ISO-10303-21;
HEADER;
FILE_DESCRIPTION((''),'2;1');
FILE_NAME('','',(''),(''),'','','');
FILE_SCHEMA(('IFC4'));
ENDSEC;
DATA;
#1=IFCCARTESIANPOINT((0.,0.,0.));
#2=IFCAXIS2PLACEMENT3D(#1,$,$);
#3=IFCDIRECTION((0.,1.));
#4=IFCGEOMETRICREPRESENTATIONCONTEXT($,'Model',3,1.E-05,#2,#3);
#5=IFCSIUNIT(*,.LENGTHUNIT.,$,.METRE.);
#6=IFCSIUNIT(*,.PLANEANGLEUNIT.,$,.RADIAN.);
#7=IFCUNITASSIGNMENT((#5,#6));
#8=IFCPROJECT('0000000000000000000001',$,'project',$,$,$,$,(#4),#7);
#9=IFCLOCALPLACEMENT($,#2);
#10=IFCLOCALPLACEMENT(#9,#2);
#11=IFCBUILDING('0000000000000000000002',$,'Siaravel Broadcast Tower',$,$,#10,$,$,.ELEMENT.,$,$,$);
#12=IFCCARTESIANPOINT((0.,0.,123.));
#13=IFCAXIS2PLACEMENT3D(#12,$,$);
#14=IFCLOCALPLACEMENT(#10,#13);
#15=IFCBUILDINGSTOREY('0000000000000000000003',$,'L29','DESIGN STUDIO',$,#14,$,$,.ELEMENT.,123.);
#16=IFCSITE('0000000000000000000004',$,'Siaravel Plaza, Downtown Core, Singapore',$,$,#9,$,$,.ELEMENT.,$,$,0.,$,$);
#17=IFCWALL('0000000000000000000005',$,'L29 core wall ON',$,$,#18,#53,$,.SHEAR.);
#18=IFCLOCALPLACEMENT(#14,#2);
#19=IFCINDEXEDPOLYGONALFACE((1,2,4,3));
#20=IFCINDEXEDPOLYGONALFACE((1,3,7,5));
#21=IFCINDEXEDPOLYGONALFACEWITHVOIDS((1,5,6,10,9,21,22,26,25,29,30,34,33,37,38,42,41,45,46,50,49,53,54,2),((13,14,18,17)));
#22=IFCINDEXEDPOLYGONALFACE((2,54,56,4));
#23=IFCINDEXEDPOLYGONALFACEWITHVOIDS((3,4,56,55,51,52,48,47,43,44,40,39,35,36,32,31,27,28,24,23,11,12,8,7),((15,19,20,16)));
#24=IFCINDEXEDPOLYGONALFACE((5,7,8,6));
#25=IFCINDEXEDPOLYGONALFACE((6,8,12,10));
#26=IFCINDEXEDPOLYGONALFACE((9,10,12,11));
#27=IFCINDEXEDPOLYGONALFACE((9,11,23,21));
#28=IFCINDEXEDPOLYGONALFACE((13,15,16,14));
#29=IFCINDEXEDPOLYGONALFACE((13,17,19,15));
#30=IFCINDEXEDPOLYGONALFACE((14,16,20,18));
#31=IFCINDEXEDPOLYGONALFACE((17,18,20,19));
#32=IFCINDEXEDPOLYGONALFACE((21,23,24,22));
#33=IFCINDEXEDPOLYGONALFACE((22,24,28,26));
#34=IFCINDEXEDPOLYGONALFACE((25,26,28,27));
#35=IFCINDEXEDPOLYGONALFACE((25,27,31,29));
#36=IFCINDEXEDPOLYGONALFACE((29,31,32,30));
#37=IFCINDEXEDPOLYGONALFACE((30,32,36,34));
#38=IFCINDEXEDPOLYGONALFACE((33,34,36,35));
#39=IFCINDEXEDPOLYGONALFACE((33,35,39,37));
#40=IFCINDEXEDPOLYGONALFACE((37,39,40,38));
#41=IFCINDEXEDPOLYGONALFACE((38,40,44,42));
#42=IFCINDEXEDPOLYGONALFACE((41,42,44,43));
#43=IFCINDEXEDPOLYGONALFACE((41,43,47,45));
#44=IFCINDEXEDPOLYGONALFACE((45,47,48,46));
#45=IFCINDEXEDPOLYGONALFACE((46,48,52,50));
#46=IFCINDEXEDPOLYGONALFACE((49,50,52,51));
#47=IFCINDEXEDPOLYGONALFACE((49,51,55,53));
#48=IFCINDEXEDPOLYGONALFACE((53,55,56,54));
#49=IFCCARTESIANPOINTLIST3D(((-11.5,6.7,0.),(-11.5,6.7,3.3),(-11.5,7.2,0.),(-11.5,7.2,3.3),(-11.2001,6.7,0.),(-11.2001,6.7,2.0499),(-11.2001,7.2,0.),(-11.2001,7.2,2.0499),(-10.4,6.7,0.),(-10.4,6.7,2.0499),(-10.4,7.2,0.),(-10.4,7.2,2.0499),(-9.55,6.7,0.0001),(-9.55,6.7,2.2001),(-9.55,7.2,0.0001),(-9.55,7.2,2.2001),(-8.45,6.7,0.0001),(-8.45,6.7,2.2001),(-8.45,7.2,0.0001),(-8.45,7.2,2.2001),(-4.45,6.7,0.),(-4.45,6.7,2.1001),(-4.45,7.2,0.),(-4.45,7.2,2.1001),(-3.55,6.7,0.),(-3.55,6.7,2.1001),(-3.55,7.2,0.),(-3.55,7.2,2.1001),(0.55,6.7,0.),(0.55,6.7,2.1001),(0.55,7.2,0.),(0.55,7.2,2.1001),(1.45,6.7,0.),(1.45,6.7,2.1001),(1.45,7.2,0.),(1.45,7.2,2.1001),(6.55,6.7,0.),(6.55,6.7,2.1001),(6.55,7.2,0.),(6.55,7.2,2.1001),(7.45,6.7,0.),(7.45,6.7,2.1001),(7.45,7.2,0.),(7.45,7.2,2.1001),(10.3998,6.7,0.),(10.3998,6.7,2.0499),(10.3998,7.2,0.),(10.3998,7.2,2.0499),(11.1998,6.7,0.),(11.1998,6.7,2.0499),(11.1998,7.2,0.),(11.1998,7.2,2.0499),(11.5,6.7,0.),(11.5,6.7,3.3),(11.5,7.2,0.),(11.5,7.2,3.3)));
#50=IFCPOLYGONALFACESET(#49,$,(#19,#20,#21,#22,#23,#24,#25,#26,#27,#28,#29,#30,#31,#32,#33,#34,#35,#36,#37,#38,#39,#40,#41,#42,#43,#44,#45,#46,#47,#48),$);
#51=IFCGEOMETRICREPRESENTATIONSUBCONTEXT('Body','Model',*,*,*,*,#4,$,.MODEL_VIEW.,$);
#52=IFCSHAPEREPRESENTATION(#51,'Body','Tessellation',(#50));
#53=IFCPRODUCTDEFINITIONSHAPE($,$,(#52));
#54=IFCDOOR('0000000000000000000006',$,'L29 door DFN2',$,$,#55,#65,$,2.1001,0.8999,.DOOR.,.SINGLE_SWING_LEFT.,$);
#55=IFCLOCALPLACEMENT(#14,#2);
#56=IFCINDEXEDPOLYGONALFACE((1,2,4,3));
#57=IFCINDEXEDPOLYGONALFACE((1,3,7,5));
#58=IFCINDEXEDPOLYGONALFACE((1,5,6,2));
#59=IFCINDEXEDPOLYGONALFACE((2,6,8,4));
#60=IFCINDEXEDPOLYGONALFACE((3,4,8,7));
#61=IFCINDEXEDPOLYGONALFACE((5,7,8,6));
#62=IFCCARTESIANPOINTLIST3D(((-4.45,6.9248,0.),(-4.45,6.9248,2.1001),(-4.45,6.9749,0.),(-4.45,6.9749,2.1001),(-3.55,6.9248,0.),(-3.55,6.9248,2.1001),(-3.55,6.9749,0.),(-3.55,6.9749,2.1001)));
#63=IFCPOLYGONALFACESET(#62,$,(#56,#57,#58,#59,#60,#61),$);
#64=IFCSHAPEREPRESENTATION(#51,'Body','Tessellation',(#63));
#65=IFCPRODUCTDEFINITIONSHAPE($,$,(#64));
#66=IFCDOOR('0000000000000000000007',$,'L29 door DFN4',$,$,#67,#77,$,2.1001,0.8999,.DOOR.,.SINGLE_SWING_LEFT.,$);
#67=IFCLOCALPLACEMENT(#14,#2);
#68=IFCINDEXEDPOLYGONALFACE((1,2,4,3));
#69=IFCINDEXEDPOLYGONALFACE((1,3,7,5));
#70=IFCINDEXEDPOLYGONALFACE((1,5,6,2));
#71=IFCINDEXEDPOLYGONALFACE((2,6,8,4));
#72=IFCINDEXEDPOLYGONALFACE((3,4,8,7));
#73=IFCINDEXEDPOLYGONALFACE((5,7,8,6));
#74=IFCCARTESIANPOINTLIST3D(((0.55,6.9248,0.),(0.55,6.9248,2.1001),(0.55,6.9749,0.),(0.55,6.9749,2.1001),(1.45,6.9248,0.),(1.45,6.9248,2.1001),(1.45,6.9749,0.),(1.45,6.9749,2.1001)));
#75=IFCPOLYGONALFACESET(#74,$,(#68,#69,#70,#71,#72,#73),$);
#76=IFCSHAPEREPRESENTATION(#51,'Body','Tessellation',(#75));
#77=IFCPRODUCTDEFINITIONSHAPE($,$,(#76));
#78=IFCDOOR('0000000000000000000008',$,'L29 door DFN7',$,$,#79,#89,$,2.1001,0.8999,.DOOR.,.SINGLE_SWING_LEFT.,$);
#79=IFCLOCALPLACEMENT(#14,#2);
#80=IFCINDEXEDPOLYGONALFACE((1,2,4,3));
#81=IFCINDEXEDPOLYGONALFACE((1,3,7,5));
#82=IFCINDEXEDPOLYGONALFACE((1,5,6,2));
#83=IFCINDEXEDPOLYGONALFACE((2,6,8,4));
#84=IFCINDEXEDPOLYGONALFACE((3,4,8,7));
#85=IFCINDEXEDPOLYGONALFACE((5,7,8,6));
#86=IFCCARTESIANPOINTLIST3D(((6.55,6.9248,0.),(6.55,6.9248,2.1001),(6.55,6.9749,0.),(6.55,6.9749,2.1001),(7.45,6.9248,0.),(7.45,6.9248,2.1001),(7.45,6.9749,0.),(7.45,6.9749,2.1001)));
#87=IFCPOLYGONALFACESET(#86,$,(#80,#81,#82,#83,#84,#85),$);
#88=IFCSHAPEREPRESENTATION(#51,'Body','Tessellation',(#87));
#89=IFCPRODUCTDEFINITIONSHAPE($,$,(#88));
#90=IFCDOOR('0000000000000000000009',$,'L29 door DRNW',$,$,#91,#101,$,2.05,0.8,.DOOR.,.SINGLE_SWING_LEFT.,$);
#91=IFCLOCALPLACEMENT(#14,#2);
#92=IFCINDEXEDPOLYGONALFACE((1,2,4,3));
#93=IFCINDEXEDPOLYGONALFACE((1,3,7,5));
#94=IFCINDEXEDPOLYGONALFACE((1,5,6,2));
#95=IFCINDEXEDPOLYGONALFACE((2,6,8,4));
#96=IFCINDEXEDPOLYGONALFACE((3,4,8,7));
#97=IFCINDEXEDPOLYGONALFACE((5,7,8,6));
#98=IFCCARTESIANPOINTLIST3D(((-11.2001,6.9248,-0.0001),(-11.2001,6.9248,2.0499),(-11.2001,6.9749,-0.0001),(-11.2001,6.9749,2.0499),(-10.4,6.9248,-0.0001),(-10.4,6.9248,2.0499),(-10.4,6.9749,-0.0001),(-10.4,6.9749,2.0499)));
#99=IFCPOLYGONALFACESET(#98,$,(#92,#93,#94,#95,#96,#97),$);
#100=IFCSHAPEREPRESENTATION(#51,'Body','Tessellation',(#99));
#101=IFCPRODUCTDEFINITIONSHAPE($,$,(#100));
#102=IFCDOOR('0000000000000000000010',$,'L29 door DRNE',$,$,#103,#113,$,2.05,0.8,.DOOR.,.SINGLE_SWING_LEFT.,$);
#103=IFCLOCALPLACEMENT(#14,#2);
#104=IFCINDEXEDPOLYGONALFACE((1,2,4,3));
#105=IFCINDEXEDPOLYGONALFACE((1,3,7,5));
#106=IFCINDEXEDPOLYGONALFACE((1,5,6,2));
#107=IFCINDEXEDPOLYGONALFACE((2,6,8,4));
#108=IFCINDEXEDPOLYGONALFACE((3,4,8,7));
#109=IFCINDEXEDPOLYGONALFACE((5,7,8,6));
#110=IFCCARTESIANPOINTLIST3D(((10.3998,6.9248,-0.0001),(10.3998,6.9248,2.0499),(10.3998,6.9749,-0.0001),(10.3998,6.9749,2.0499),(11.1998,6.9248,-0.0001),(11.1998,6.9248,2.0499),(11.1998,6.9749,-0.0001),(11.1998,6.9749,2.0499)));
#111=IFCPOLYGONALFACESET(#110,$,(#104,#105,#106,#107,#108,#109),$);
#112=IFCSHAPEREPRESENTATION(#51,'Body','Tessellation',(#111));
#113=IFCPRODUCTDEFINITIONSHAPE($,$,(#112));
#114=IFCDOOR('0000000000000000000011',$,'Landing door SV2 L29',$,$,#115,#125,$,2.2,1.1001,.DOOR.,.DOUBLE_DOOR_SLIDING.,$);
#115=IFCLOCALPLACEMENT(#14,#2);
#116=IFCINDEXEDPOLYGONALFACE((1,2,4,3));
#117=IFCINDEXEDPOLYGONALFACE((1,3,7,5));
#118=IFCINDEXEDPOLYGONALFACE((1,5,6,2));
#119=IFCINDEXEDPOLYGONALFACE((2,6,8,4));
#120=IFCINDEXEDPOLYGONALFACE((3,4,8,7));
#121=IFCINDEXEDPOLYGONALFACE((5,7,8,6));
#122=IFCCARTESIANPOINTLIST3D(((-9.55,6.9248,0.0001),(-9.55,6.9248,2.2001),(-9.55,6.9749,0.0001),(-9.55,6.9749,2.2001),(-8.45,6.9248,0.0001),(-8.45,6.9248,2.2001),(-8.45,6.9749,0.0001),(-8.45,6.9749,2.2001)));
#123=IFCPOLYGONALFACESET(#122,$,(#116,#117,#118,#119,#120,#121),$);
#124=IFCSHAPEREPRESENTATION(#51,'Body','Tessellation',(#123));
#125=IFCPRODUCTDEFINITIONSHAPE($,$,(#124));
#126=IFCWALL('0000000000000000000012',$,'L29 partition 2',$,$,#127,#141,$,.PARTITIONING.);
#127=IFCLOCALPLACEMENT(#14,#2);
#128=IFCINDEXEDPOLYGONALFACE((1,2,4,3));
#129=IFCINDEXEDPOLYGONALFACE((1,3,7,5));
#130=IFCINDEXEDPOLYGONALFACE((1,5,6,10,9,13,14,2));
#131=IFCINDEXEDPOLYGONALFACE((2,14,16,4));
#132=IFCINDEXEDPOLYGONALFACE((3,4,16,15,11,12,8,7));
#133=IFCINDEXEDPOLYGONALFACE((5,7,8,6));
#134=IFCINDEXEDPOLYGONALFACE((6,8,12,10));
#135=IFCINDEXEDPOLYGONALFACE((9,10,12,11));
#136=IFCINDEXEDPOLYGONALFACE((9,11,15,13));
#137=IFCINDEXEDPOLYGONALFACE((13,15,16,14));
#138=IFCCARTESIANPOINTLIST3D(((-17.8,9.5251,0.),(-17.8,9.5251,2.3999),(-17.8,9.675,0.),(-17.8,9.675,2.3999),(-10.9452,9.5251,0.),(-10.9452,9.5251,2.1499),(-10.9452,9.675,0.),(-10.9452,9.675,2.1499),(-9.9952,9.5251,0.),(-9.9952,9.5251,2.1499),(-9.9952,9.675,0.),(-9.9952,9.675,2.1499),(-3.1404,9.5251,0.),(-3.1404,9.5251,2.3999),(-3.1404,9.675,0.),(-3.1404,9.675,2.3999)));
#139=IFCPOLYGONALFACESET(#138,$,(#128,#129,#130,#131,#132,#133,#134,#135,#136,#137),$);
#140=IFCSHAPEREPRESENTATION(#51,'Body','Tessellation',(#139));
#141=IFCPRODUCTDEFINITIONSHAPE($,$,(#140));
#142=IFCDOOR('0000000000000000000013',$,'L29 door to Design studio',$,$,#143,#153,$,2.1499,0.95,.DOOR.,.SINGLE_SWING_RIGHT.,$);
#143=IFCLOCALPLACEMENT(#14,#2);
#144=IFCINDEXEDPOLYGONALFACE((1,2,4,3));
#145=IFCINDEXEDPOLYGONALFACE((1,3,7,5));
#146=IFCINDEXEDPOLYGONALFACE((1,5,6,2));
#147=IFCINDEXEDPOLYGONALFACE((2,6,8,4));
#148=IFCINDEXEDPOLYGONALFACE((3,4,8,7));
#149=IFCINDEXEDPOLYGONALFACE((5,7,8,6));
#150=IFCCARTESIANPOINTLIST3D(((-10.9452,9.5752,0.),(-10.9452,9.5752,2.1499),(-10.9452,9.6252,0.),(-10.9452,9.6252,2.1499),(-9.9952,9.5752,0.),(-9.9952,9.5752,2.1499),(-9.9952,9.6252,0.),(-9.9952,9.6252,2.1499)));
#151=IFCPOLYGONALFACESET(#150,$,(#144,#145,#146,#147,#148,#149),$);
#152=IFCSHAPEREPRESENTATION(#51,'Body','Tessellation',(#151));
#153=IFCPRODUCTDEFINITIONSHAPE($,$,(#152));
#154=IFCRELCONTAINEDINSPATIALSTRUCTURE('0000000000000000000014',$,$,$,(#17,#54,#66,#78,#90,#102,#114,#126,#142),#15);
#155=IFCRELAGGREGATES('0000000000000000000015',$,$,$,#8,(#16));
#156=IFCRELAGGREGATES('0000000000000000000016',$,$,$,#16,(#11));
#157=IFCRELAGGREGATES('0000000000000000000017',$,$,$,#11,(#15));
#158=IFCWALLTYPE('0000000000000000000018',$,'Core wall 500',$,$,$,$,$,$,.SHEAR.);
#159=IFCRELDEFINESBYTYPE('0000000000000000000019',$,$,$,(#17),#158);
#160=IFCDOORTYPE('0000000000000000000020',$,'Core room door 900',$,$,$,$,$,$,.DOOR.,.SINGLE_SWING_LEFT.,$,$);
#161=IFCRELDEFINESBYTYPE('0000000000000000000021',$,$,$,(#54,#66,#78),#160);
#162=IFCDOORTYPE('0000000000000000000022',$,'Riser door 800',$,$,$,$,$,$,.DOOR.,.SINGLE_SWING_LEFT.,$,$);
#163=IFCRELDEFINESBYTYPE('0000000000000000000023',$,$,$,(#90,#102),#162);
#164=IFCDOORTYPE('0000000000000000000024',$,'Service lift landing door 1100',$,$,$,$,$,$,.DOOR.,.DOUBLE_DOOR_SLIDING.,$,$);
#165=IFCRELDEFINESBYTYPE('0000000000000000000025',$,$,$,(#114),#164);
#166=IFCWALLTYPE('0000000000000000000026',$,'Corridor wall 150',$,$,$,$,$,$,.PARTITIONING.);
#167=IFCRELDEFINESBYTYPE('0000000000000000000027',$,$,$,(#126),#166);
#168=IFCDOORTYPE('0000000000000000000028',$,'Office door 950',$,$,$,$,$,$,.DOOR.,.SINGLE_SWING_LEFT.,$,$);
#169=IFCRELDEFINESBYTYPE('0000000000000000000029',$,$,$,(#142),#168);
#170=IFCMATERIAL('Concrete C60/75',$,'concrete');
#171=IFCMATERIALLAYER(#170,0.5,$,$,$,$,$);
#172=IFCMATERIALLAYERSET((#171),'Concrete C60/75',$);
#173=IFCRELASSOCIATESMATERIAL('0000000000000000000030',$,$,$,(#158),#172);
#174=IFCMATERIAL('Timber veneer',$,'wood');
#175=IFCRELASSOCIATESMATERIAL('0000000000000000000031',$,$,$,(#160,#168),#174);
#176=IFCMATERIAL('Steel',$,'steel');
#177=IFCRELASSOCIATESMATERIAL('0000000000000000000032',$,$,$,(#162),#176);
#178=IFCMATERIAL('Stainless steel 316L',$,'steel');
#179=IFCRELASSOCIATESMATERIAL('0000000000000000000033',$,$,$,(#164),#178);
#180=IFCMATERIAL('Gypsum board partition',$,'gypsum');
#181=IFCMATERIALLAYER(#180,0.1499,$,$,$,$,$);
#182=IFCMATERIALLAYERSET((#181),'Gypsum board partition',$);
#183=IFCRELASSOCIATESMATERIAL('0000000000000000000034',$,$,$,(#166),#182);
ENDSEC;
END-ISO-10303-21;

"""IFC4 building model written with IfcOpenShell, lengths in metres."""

from ifc_helpers import new_model, si_unit, direction, frame, frame_2d, origin, place, context, subcontext, project, spatial, rectangle, extrude, material, layer, layer_set, type_object, element, fill, save


model = new_model("IFC4")

# Units and contexts
model_context = context("Model", 3, precision=1e-05, world=origin(), true_north=direction((0.0, 1.0)))
body_context = subcontext(model_context, "Body", "Model", "MODEL_VIEW")
ifc_project = project(units=[si_unit("LENGTHUNIT", "METRE"), si_unit("PLANEANGLEUNIT", "RADIAN")], contexts=[model_context])

# Site, building, storey
site_placement = place(None, origin())
site = spatial("IfcSite", under=ifc_project, at=site_placement, Name="Siaravel Plaza, Downtown Core, Singapore", CompositionType="ELEMENT", RefElevation=0.0)
building_placement = place(site_placement, origin())
building = spatial("IfcBuilding", under=site, at=building_placement, Name="Siaravel Broadcast Tower", CompositionType="ELEMENT")
storey_placement = place(building_placement, frame((0.0, 0.0, 123.0)))
storey = spatial("IfcBuildingStorey", under=building, at=storey_placement, Name="L29", Description="DESIGN STUDIO", CompositionType="ELEMENT", Elevation=123.0)

# Wall, openings, doors
ifc_material_1 = material(Name="Concrete C60/75", Category="concrete")
ifc_layer_1 = layer(ifc_material_1, 0.5)
ifc_layer_set_1 = layer_set([ifc_layer_1], Name="Concrete C60/75")
wall_type_1 = type_object("IfcWallType", Name="Core wall 500", PredefinedType="SHEAR", material=ifc_layer_set_1)
wall_1_placement = place(storey_placement, frame((-11.5, 6.95, 0.0), z_axis=(0.0, 0.0, 1.0), x_axis=(1.0, 0.0, 0.0)))
wall_1 = element("IfcWall", 1, at=wall_1_placement, inside=storey, type_object=wall_type_1, Name="L29 core wall ON", PredefinedType="SHEAR", context=body_context, shape_type="SweptSolid", body=[
    extrude(rectangle(XDim=23.0, YDim=0.5, at=frame_2d((11.5, 0.0))), origin(), (0.0, 0.0, 1.0), 3.3),
])
opening_1_placement = place(wall_1_placement, frame((1.95, 0.0, 0.0)))
opening_1 = element("IfcOpeningElement", 2, at=opening_1_placement, cuts=wall_1, PredefinedType="OPENING", context=body_context, shape_type="SweptSolid", body=[
    extrude(rectangle(XDim=1.1001, YDim=2.2, at=frame_2d((0.55, 1.1001))), frame((0.0, 0.26, 0.0), z_axis=(0.0, -1.0, 0.0), x_axis=(1.0, 0.0, 0.0)), (0.0, 0.0, 1.0), 0.52),
])
opening_2_placement = place(wall_1_placement, frame((7.05, 0.0, 0.0)))
opening_2 = element("IfcOpeningElement", 3, at=opening_2_placement, cuts=wall_1, PredefinedType="OPENING", context=body_context, shape_type="SweptSolid", body=[
    extrude(rectangle(XDim=0.8999, YDim=2.1001, at=frame_2d((0.45, 1.05))), frame((0.0, 0.26, 0.0), z_axis=(0.0, -1.0, 0.0), x_axis=(1.0, 0.0, 0.0)), (0.0, 0.0, 1.0), 0.52),
])
opening_3_placement = place(wall_1_placement, frame((12.05, 0.0, 0.0)))
opening_3 = element("IfcOpeningElement", 4, at=opening_3_placement, cuts=wall_1, PredefinedType="OPENING", context=body_context, shape_type="SweptSolid", body=[
    extrude(rectangle(XDim=0.8999, YDim=2.1001, at=frame_2d((0.45, 1.05))), frame((0.0, 0.26, 0.0), z_axis=(0.0, -1.0, 0.0), x_axis=(1.0, 0.0, 0.0)), (0.0, 0.0, 1.0), 0.52),
])
opening_4_placement = place(wall_1_placement, frame((18.05, 0.0, 0.0)))
opening_4 = element("IfcOpeningElement", 5, at=opening_4_placement, cuts=wall_1, PredefinedType="OPENING", context=body_context, shape_type="SweptSolid", body=[
    extrude(rectangle(XDim=0.8999, YDim=2.1001, at=frame_2d((0.45, 1.05))), frame((0.0, 0.26, 0.0), z_axis=(0.0, -1.0, 0.0), x_axis=(1.0, 0.0, 0.0)), (0.0, 0.0, 1.0), 0.52),
])
opening_5_placement = place(wall_1_placement, frame((0.3, 0.0, 0.0)))
opening_5 = element("IfcOpeningElement", 6, at=opening_5_placement, cuts=wall_1, PredefinedType="OPENING", context=body_context, shape_type="SweptSolid", body=[
    extrude(rectangle(XDim=0.8, YDim=2.05, at=frame_2d((0.3999, 1.0249))), frame((0.0, 0.26, 0.0), z_axis=(0.0, -1.0, 0.0), x_axis=(1.0, 0.0, 0.0)), (0.0, 0.0, 1.0), 0.52),
])
opening_6_placement = place(wall_1_placement, frame((21.8999, 0.0, 0.0)))
opening_6 = element("IfcOpeningElement", 7, at=opening_6_placement, cuts=wall_1, PredefinedType="OPENING", context=body_context, shape_type="SweptSolid", body=[
    extrude(rectangle(XDim=0.8, YDim=2.05, at=frame_2d((0.3999, 1.0249))), frame((0.0, 0.26, 0.0), z_axis=(0.0, -1.0, 0.0), x_axis=(1.0, 0.0, 0.0)), (0.0, 0.0, 1.0), 0.52),
])
ifc_material_2 = material(Name="Timber veneer", Category="wood")
door_type_1 = type_object("IfcDoorType", Name="Core room door 900", OperationType="SINGLE_SWING_LEFT", PredefinedType="DOOR", material=ifc_material_2)
door_1_placement = place(opening_2_placement, origin())
door_1 = element("IfcDoor", 8, at=door_1_placement, inside=storey, type_object=door_type_1, Name="L29 door DFN2", OperationType="SINGLE_SWING_LEFT", OverallHeight=2.1001, OverallWidth=0.8999, PredefinedType="DOOR", context=body_context, shape_type="SweptSolid", body=[
    extrude(rectangle(XDim=0.8999, YDim=2.1001, at=frame_2d((0.45, 1.05))), frame((0.0, 0.0249, 0.0), z_axis=(0.0, -1.0, 0.0), x_axis=(1.0, 0.0, 0.0)), (0.0, 0.0, 1.0), 0.05),
])
fill(opening_2, door_1)
door_2_placement = place(opening_3_placement, origin())
door_2 = element("IfcDoor", 9, at=door_2_placement, inside=storey, type_object=door_type_1, Name="L29 door DFN4", OperationType="SINGLE_SWING_LEFT", OverallHeight=2.1001, OverallWidth=0.8999, PredefinedType="DOOR", context=body_context, shape_type="SweptSolid", body=[
    extrude(rectangle(XDim=0.8999, YDim=2.1001, at=frame_2d((0.45, 1.05))), frame((0.0, 0.0249, 0.0), z_axis=(0.0, -1.0, 0.0), x_axis=(1.0, 0.0, 0.0)), (0.0, 0.0, 1.0), 0.05),
])
fill(opening_3, door_2)
door_3_placement = place(opening_4_placement, origin())
door_3 = element("IfcDoor", 10, at=door_3_placement, inside=storey, type_object=door_type_1, Name="L29 door DFN7", OperationType="SINGLE_SWING_LEFT", OverallHeight=2.1001, OverallWidth=0.8999, PredefinedType="DOOR", context=body_context, shape_type="SweptSolid", body=[
    extrude(rectangle(XDim=0.8999, YDim=2.1001, at=frame_2d((0.45, 1.05))), frame((0.0, 0.0249, 0.0), z_axis=(0.0, -1.0, 0.0), x_axis=(1.0, 0.0, 0.0)), (0.0, 0.0, 1.0), 0.05),
])
fill(opening_4, door_3)
ifc_material_3 = material(Name="Steel", Category="steel")
door_type_2 = type_object("IfcDoorType", Name="Riser door 800", OperationType="SINGLE_SWING_LEFT", PredefinedType="DOOR", material=ifc_material_3)
door_4_placement = place(opening_5_placement, origin())
door_4 = element("IfcDoor", 11, at=door_4_placement, inside=storey, type_object=door_type_2, Name="L29 door DRNW", OperationType="SINGLE_SWING_LEFT", OverallHeight=2.05, OverallWidth=0.8, PredefinedType="DOOR", context=body_context, shape_type="SweptSolid", body=[
    extrude(rectangle(XDim=0.8, YDim=2.05, at=frame_2d((0.3999, 1.0249))), frame((0.0, 0.0249, 0.0), z_axis=(0.0, -1.0, 0.0), x_axis=(1.0, 0.0, 0.0)), (0.0, 0.0, 1.0), 0.05),
])
fill(opening_5, door_4)
door_5_placement = place(opening_6_placement, origin())
door_5 = element("IfcDoor", 12, at=door_5_placement, inside=storey, type_object=door_type_2, Name="L29 door DRNE", OperationType="SINGLE_SWING_LEFT", OverallHeight=2.05, OverallWidth=0.8, PredefinedType="DOOR", context=body_context, shape_type="SweptSolid", body=[
    extrude(rectangle(XDim=0.8, YDim=2.05, at=frame_2d((0.3999, 1.0249))), frame((0.0, 0.0249, 0.0), z_axis=(0.0, -1.0, 0.0), x_axis=(1.0, 0.0, 0.0)), (0.0, 0.0, 1.0), 0.05),
])
fill(opening_6, door_5)
ifc_material_4 = material(Name="Stainless steel 316L", Category="steel")
door_type_3 = type_object("IfcDoorType", Name="Service lift landing door 1100", OperationType="DOUBLE_DOOR_SLIDING", PredefinedType="DOOR", material=ifc_material_4)
door_6_placement = place(opening_1_placement, origin())
door_6 = element("IfcDoor", 13, at=door_6_placement, inside=storey, type_object=door_type_3, Name="Landing door SV2 L29", OperationType="DOUBLE_DOOR_SLIDING", OverallHeight=2.2, OverallWidth=1.1001, PredefinedType="DOOR", context=body_context, shape_type="SweptSolid", body=[
    extrude(rectangle(XDim=1.1001, YDim=2.2, at=frame_2d((0.55, 1.1001))), frame((0.0, 0.0249, 0.0), z_axis=(0.0, -1.0, 0.0), x_axis=(1.0, 0.0, 0.0)), (0.0, 0.0, 1.0), 0.05),
])
fill(opening_1, door_6)

# Wall, opening, door
ifc_material_5 = material(Name="Gypsum board partition", Category="gypsum")
ifc_layer_2 = layer(ifc_material_5, 0.1499)
ifc_layer_set_2 = layer_set([ifc_layer_2], Name="Gypsum board partition")
wall_type_2 = type_object("IfcWallType", Name="Corridor wall 150", PredefinedType="PARTITIONING", material=ifc_layer_set_2)
wall_2_placement = place(storey_placement, frame((-3.1404, 9.6001, 0.0), z_axis=(0.0, 0.0, 1.0), x_axis=(-1.0, 0.0, 0.0)))
wall_2 = element("IfcWall", 14, at=wall_2_placement, inside=storey, type_object=wall_type_2, Name="L29 partition 2", PredefinedType="PARTITIONING", context=body_context, shape_type="SweptSolid", body=[
    extrude(rectangle(XDim=14.6597, YDim=0.1499, at=frame_2d((7.3298, 0.0))), origin(), (0.0, 0.0, 1.0), 2.3999),
])
opening_7_placement = place(wall_2_placement, frame((6.8547, 0.0, 0.0)))
opening_7 = element("IfcOpeningElement", 15, at=opening_7_placement, cuts=wall_2, PredefinedType="OPENING", context=body_context, shape_type="SweptSolid", body=[
    extrude(rectangle(XDim=0.95, YDim=2.1499, at=frame_2d((0.4751, 1.075))), frame((0.0, 0.085, 0.0), z_axis=(0.0, -1.0, 0.0), x_axis=(1.0, 0.0, 0.0)), (0.0, 0.0, 1.0), 0.1699),
])
door_type_4 = type_object("IfcDoorType", Name="Office door 950", OperationType="SINGLE_SWING_LEFT", PredefinedType="DOOR", material=ifc_material_2)
door_7_placement = place(opening_7_placement, origin())
door_7 = element("IfcDoor", 16, at=door_7_placement, inside=storey, type_object=door_type_4, Name="L29 door to Design studio", OperationType="SINGLE_SWING_RIGHT", OverallHeight=2.1499, OverallWidth=0.95, PredefinedType="DOOR", context=body_context, shape_type="SweptSolid", body=[
    extrude(rectangle(XDim=0.95, YDim=2.1499, at=frame_2d((0.4751, 1.075))), frame((0.0, 0.0249, 0.0), z_axis=(0.0, -1.0, 0.0), x_axis=(1.0, 0.0, 0.0)), (0.0, 0.0, 1.0), 0.05),
])
fill(opening_7, door_7)

save(model, "model.ifc")
